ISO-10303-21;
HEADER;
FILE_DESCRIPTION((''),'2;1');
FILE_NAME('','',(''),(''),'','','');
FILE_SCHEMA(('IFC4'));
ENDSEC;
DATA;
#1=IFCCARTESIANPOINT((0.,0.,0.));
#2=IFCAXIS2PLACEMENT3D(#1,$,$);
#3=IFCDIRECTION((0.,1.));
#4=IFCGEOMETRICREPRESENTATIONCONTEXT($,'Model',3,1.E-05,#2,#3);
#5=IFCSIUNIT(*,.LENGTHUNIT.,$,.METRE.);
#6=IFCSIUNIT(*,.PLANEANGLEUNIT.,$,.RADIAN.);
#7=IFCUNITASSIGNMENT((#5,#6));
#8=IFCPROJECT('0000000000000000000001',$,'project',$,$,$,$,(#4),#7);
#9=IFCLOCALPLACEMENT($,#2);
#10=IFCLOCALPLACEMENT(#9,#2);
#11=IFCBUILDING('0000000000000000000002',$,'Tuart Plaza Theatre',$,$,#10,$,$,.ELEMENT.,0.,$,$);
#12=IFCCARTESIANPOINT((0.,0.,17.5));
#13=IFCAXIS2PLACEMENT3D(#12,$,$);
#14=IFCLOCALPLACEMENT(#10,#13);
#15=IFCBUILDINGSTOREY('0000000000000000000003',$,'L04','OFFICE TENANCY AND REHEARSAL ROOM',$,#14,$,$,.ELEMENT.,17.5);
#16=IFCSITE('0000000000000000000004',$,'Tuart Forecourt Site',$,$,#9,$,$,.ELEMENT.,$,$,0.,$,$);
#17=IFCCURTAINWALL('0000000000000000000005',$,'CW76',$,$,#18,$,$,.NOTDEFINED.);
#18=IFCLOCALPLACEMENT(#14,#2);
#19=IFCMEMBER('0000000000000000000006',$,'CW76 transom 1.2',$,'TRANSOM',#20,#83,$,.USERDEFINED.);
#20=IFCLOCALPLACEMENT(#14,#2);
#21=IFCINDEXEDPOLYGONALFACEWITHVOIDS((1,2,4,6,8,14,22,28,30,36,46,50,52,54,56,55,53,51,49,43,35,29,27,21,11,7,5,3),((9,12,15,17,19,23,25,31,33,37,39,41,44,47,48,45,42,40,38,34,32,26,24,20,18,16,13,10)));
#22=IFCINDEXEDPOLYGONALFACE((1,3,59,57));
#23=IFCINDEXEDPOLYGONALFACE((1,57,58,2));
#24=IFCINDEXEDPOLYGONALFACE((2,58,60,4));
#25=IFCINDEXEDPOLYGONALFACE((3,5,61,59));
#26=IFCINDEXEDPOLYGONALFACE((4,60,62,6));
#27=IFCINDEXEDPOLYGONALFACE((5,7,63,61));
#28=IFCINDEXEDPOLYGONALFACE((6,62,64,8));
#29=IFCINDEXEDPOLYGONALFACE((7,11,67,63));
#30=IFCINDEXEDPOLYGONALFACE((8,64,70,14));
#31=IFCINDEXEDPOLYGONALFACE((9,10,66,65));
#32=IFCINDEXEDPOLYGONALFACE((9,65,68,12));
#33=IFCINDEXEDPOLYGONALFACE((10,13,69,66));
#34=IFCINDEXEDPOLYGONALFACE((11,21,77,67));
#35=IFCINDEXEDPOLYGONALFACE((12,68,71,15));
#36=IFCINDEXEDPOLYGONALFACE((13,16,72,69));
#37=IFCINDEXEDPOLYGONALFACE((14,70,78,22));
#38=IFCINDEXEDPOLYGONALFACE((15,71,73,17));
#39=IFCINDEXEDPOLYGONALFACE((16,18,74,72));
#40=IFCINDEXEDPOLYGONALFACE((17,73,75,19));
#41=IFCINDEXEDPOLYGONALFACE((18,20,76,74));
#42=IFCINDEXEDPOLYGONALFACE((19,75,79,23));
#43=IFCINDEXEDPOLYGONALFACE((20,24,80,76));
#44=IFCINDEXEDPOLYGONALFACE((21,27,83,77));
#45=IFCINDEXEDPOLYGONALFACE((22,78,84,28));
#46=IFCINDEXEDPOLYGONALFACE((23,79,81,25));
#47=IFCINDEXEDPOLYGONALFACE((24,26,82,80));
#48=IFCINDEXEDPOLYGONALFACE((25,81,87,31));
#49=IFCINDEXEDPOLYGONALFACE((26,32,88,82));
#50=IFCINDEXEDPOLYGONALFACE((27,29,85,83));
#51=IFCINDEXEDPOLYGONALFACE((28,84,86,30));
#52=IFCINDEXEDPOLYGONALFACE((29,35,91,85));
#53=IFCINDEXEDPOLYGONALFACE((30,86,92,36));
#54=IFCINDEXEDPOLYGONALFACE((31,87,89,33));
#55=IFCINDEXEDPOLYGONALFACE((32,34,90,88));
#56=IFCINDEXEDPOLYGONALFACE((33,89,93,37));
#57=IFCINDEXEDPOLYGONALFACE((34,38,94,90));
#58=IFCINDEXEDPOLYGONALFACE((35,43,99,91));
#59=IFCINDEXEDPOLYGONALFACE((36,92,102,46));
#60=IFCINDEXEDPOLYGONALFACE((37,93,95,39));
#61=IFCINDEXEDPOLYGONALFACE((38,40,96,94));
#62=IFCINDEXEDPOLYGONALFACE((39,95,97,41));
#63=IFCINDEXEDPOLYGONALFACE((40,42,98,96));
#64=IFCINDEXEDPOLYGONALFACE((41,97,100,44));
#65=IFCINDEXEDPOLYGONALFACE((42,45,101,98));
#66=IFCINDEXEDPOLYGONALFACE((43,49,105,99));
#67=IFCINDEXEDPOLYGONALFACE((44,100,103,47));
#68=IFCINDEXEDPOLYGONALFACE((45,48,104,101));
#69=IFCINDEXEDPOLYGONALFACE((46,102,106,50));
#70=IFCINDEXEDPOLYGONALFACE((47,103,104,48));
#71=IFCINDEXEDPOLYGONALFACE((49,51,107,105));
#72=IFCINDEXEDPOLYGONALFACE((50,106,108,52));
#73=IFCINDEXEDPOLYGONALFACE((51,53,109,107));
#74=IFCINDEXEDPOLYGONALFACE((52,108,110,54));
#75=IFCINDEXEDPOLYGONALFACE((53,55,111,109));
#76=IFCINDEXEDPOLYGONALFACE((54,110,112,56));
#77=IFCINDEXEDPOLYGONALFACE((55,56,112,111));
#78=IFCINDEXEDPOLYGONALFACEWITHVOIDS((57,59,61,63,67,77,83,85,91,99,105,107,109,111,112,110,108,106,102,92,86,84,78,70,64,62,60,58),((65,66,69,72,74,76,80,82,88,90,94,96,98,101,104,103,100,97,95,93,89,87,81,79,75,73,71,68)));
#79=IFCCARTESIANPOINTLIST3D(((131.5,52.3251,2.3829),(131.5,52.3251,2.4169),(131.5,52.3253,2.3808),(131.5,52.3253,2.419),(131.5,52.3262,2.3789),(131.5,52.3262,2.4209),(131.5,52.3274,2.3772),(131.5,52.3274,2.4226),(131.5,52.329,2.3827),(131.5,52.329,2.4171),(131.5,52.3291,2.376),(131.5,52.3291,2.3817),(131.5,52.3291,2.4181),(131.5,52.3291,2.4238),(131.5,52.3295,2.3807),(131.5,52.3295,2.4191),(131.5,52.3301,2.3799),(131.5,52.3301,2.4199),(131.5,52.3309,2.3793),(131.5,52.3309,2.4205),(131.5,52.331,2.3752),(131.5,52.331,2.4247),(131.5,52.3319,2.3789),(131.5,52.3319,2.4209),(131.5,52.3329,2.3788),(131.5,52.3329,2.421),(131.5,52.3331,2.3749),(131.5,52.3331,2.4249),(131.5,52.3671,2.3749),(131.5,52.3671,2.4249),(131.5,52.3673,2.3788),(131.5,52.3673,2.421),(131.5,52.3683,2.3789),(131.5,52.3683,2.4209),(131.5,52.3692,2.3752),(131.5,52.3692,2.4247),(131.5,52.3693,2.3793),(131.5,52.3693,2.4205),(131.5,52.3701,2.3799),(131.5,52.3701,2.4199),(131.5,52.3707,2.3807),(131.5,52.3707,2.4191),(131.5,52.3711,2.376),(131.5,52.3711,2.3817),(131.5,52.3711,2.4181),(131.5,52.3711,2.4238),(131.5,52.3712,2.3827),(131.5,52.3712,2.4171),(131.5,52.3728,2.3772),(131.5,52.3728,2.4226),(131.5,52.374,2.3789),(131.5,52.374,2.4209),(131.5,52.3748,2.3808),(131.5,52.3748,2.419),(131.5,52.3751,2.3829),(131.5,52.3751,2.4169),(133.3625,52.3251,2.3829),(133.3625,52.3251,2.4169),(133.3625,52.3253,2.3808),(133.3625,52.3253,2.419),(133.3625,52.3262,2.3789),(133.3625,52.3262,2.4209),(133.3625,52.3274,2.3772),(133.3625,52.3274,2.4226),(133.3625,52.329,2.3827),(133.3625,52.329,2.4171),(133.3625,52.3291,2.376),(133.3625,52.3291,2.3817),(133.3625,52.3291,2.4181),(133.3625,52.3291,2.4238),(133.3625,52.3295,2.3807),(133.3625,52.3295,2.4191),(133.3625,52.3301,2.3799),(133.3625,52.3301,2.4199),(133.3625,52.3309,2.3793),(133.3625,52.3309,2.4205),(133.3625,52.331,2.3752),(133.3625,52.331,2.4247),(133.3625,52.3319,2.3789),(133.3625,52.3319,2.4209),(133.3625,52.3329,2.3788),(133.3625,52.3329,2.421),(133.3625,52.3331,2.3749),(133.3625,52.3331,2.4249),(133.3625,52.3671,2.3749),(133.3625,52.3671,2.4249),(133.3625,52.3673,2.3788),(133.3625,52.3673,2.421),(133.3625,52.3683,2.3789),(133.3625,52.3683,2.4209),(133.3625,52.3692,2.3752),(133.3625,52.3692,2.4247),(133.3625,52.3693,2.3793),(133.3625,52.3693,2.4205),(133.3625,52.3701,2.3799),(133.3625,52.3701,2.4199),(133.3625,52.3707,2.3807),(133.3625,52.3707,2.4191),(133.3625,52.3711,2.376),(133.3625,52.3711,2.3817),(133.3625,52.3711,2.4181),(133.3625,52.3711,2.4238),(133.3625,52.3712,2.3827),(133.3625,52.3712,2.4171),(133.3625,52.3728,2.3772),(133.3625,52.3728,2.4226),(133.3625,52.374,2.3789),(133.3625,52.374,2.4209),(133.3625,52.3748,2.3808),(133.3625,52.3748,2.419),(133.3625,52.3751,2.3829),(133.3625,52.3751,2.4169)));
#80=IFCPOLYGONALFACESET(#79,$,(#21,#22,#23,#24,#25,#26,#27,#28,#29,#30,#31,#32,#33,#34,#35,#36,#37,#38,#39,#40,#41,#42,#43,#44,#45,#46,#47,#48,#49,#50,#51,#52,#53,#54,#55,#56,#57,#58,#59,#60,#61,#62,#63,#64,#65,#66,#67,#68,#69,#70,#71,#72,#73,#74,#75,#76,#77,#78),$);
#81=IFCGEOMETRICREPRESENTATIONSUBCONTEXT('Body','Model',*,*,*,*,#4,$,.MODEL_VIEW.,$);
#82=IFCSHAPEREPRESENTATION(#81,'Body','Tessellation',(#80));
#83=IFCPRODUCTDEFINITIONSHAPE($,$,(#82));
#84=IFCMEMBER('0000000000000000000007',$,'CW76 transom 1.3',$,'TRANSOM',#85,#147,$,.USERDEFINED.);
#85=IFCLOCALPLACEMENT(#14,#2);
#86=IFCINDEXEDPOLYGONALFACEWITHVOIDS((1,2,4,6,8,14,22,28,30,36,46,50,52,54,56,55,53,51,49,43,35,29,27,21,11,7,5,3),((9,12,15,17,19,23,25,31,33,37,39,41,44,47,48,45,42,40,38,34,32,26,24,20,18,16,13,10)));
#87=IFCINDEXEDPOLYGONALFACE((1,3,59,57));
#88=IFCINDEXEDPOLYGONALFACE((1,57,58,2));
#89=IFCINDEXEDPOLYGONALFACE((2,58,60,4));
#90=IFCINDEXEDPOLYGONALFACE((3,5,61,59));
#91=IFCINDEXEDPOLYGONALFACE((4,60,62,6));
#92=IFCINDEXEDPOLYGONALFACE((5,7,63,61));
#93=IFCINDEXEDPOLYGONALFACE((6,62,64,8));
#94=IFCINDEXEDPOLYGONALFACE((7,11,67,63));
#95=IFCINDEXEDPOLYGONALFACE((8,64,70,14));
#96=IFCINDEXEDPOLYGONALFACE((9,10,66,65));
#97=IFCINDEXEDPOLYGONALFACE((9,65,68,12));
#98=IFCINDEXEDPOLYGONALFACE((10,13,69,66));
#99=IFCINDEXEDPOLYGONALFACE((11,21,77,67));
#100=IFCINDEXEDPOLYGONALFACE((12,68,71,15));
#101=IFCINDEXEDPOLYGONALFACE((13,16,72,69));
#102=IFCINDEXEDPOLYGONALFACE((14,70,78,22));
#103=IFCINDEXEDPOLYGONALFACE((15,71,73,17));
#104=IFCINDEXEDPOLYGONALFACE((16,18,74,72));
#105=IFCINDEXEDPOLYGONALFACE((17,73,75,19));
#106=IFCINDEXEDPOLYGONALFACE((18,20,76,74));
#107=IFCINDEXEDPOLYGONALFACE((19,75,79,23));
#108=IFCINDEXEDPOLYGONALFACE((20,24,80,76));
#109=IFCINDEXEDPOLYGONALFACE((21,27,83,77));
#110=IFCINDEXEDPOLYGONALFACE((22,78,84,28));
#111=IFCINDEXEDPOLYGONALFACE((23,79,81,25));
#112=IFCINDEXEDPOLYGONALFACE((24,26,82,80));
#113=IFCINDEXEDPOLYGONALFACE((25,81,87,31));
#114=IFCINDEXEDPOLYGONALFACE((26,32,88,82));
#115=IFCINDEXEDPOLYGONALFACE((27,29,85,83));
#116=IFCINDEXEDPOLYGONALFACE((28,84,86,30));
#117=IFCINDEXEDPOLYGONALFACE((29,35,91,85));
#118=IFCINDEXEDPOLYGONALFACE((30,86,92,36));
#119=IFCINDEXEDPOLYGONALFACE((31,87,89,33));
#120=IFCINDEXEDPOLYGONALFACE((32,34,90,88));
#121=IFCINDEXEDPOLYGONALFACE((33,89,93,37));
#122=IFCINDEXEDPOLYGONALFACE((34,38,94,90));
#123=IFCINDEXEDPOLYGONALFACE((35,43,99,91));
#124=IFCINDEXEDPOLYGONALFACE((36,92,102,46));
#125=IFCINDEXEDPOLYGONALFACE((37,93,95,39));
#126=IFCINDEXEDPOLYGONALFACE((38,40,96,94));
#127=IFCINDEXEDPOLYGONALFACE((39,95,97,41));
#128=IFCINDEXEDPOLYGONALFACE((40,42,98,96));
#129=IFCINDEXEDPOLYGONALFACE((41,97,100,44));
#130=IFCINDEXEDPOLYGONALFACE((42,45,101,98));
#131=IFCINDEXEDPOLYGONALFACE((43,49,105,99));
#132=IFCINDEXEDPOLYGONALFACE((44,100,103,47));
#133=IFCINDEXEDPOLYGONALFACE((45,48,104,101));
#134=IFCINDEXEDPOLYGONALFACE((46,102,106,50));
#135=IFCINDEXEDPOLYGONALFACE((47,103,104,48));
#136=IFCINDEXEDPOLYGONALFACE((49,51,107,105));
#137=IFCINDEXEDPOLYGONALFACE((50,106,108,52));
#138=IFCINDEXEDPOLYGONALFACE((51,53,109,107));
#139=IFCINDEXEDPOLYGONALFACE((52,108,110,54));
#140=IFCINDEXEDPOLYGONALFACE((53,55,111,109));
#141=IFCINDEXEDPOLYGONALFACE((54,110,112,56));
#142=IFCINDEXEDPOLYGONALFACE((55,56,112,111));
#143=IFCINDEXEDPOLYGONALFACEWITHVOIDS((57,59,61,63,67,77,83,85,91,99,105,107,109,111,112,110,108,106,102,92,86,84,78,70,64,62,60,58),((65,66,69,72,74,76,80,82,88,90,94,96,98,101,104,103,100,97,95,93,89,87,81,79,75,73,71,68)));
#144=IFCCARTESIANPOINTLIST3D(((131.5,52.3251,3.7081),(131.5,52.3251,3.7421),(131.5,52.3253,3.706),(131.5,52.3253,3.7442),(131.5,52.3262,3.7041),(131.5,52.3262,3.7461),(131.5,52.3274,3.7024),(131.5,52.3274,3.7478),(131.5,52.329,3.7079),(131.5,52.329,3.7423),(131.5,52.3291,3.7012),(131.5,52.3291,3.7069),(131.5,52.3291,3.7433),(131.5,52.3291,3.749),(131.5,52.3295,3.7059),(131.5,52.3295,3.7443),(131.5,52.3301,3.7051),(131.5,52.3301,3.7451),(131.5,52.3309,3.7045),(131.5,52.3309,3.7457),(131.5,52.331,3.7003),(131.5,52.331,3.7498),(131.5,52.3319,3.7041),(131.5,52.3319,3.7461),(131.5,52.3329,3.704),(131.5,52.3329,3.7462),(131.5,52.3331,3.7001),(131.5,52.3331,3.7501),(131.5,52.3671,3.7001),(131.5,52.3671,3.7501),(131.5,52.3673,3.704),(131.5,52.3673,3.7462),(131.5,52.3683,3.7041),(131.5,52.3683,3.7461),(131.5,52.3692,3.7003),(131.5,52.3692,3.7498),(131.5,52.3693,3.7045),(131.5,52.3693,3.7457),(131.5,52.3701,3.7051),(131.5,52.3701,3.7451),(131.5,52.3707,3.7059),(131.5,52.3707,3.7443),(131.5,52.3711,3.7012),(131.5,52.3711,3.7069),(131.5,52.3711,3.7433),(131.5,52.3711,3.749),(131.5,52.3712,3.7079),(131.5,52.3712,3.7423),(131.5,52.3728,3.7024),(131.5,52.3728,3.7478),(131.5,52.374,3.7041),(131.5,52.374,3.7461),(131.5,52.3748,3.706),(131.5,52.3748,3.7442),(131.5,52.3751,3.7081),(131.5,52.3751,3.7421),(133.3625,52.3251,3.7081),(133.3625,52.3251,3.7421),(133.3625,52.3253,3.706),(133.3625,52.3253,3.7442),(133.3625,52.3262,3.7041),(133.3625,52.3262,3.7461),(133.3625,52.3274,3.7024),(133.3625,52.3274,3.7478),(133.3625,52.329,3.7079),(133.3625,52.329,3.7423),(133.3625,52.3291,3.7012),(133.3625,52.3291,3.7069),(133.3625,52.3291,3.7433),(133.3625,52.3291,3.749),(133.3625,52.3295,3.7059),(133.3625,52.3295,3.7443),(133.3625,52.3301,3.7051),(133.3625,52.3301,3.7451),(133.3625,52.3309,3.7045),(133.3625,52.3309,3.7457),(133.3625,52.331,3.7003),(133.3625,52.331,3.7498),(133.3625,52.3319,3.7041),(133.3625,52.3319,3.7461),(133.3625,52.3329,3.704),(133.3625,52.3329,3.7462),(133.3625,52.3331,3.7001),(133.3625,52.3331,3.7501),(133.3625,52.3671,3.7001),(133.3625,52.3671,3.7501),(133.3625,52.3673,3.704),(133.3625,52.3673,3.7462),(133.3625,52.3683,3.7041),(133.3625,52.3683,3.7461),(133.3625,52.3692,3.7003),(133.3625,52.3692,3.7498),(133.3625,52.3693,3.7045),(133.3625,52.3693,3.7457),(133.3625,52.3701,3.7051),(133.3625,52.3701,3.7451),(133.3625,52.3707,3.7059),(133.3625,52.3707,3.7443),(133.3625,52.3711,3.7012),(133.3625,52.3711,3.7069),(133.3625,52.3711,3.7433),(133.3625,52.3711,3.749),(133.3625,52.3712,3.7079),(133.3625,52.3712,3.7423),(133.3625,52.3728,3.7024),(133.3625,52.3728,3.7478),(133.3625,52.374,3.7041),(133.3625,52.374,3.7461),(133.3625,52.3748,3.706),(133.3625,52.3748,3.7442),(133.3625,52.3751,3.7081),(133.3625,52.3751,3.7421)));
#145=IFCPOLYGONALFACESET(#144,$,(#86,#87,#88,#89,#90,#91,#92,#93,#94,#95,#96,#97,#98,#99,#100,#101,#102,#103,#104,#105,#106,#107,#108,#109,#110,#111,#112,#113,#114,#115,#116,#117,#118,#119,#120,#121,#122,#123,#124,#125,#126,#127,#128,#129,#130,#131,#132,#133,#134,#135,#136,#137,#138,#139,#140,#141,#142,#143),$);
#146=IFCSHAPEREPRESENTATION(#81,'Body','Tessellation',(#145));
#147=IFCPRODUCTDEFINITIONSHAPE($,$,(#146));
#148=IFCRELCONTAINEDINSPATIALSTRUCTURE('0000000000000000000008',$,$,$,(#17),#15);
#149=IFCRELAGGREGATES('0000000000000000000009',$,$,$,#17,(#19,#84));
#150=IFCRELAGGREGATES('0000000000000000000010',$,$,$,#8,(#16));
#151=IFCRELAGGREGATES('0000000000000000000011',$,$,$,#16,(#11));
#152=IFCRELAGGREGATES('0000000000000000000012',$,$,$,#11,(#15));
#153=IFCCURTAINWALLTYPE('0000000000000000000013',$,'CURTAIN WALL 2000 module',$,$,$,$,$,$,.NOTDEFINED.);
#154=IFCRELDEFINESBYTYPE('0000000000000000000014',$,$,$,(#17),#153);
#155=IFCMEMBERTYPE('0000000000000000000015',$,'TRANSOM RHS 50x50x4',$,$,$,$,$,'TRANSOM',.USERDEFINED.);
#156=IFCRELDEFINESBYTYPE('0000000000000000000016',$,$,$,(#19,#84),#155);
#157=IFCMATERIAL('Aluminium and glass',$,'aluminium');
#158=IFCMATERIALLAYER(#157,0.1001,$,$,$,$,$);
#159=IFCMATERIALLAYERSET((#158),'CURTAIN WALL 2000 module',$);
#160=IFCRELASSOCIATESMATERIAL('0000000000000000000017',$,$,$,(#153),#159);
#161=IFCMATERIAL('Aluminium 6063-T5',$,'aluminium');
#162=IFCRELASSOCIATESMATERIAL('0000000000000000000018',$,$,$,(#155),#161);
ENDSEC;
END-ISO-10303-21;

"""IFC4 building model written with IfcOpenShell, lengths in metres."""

from ifc_helpers import new_model, si_unit, direction, frame, origin, origin_2d, place, context, subcontext, project, spatial, hollow_rectangle, extrude, material, layer, layer_set, material_profile, profile_set, type_object, element, aggregate, save


model = new_model("IFC4")

# Units and contexts
model_context = context("Model", 3, precision=1e-05, world=origin(), true_north=direction((0.0, 1.0)))
body_context = subcontext(model_context, "Body", "Model", "MODEL_VIEW")
ifc_project = project(units=[si_unit("LENGTHUNIT", "METRE"), si_unit("PLANEANGLEUNIT", "RADIAN")], contexts=[model_context])

# Site, building, storey
site_placement = place(None, origin())
site = spatial("IfcSite", under=ifc_project, at=site_placement, Name="Tuart Forecourt Site", CompositionType="ELEMENT", RefElevation=0.0)
building_placement = place(site_placement, origin())
building = spatial("IfcBuilding", under=site, at=building_placement, Name="Tuart Plaza Theatre", CompositionType="ELEMENT", ElevationOfRefHeight=0.0)
storey_placement = place(building_placement, frame((0.0, 0.0, 17.5)))
storey = spatial("IfcBuildingStorey", under=building, at=storey_placement, Name="L04", Description="OFFICE TENANCY AND REHEARSAL ROOM", CompositionType="ELEMENT", Elevation=17.5)

# Curtain wall
ifc_material_1 = material(Name="Aluminium and glass", Category="aluminium")
ifc_layer_1 = layer(ifc_material_1, 0.1001)
ifc_layer_set_1 = layer_set([ifc_layer_1], Name="CURTAIN WALL 2000 module")
curtain_wall_type = type_object("IfcCurtainWallType", Name="CURTAIN WALL 2000 module", PredefinedType="NOTDEFINED", material=ifc_layer_set_1)
curtain_wall_1_placement = place(storey_placement, origin())
curtain_wall_1 = element("IfcCurtainWall", 1, at=curtain_wall_1_placement, inside=storey, type_object=curtain_wall_type, Name="CW76", PredefinedType="NOTDEFINED")

# Members
ifc_material_2 = material(Name="Aluminium 6063-T5", Category="aluminium")
ifc_material_profile_1 = material_profile(ifc_material_2, hollow_rectangle(XDim=0.05, YDim=0.05, WallThickness=0.0039, InnerFilletRadius=0.0039, OuterFilletRadius=0.0081, at=origin_2d()), Name="RHS 50x50x4")
ifc_profile_set_1 = profile_set([ifc_material_profile_1], Name="Aluminium 6063-T5")
member_type_1 = type_object("IfcMemberType", Name="TRANSOM RHS 50x50x4", ElementType="TRANSOM", PredefinedType="USERDEFINED", material=ifc_profile_set_1)
member_1_placement = place(storey_placement, frame((131.5, 52.3501, 2.3999), z_axis=(1.0, 0.0, 0.0), x_axis=(0.0, 1.0, 0.0)))
member_1 = element("IfcMember", 2, at=member_1_placement, type_object=member_type_1, Name="CW76 transom 1.2", ObjectType="TRANSOM", PredefinedType="USERDEFINED", context=body_context, shape_type="SweptSolid", body=[
    extrude(hollow_rectangle(XDim=0.05, YDim=0.05, WallThickness=0.0039, InnerFilletRadius=0.0039, OuterFilletRadius=0.0081, at=origin_2d()), origin(), (0.0, 0.0, 1.0), 1.8625),
])
member_2_placement = place(storey_placement, frame((131.5, 52.3501, 3.7251), z_axis=(1.0, 0.0, 0.0), x_axis=(0.0, 1.0, 0.0)))
member_2 = element("IfcMember", 3, at=member_2_placement, type_object=member_type_1, Name="CW76 transom 1.3", ObjectType="TRANSOM", PredefinedType="USERDEFINED", context=body_context, shape_type="SweptSolid", body=[
    extrude(hollow_rectangle(XDim=0.05, YDim=0.05, WallThickness=0.0039, InnerFilletRadius=0.0039, OuterFilletRadius=0.0081, at=origin_2d()), origin(), (0.0, 0.0, 1.0), 1.8625),
])

aggregate(curtain_wall_1, [member_1, member_2])

save(model, "model.ifc")
